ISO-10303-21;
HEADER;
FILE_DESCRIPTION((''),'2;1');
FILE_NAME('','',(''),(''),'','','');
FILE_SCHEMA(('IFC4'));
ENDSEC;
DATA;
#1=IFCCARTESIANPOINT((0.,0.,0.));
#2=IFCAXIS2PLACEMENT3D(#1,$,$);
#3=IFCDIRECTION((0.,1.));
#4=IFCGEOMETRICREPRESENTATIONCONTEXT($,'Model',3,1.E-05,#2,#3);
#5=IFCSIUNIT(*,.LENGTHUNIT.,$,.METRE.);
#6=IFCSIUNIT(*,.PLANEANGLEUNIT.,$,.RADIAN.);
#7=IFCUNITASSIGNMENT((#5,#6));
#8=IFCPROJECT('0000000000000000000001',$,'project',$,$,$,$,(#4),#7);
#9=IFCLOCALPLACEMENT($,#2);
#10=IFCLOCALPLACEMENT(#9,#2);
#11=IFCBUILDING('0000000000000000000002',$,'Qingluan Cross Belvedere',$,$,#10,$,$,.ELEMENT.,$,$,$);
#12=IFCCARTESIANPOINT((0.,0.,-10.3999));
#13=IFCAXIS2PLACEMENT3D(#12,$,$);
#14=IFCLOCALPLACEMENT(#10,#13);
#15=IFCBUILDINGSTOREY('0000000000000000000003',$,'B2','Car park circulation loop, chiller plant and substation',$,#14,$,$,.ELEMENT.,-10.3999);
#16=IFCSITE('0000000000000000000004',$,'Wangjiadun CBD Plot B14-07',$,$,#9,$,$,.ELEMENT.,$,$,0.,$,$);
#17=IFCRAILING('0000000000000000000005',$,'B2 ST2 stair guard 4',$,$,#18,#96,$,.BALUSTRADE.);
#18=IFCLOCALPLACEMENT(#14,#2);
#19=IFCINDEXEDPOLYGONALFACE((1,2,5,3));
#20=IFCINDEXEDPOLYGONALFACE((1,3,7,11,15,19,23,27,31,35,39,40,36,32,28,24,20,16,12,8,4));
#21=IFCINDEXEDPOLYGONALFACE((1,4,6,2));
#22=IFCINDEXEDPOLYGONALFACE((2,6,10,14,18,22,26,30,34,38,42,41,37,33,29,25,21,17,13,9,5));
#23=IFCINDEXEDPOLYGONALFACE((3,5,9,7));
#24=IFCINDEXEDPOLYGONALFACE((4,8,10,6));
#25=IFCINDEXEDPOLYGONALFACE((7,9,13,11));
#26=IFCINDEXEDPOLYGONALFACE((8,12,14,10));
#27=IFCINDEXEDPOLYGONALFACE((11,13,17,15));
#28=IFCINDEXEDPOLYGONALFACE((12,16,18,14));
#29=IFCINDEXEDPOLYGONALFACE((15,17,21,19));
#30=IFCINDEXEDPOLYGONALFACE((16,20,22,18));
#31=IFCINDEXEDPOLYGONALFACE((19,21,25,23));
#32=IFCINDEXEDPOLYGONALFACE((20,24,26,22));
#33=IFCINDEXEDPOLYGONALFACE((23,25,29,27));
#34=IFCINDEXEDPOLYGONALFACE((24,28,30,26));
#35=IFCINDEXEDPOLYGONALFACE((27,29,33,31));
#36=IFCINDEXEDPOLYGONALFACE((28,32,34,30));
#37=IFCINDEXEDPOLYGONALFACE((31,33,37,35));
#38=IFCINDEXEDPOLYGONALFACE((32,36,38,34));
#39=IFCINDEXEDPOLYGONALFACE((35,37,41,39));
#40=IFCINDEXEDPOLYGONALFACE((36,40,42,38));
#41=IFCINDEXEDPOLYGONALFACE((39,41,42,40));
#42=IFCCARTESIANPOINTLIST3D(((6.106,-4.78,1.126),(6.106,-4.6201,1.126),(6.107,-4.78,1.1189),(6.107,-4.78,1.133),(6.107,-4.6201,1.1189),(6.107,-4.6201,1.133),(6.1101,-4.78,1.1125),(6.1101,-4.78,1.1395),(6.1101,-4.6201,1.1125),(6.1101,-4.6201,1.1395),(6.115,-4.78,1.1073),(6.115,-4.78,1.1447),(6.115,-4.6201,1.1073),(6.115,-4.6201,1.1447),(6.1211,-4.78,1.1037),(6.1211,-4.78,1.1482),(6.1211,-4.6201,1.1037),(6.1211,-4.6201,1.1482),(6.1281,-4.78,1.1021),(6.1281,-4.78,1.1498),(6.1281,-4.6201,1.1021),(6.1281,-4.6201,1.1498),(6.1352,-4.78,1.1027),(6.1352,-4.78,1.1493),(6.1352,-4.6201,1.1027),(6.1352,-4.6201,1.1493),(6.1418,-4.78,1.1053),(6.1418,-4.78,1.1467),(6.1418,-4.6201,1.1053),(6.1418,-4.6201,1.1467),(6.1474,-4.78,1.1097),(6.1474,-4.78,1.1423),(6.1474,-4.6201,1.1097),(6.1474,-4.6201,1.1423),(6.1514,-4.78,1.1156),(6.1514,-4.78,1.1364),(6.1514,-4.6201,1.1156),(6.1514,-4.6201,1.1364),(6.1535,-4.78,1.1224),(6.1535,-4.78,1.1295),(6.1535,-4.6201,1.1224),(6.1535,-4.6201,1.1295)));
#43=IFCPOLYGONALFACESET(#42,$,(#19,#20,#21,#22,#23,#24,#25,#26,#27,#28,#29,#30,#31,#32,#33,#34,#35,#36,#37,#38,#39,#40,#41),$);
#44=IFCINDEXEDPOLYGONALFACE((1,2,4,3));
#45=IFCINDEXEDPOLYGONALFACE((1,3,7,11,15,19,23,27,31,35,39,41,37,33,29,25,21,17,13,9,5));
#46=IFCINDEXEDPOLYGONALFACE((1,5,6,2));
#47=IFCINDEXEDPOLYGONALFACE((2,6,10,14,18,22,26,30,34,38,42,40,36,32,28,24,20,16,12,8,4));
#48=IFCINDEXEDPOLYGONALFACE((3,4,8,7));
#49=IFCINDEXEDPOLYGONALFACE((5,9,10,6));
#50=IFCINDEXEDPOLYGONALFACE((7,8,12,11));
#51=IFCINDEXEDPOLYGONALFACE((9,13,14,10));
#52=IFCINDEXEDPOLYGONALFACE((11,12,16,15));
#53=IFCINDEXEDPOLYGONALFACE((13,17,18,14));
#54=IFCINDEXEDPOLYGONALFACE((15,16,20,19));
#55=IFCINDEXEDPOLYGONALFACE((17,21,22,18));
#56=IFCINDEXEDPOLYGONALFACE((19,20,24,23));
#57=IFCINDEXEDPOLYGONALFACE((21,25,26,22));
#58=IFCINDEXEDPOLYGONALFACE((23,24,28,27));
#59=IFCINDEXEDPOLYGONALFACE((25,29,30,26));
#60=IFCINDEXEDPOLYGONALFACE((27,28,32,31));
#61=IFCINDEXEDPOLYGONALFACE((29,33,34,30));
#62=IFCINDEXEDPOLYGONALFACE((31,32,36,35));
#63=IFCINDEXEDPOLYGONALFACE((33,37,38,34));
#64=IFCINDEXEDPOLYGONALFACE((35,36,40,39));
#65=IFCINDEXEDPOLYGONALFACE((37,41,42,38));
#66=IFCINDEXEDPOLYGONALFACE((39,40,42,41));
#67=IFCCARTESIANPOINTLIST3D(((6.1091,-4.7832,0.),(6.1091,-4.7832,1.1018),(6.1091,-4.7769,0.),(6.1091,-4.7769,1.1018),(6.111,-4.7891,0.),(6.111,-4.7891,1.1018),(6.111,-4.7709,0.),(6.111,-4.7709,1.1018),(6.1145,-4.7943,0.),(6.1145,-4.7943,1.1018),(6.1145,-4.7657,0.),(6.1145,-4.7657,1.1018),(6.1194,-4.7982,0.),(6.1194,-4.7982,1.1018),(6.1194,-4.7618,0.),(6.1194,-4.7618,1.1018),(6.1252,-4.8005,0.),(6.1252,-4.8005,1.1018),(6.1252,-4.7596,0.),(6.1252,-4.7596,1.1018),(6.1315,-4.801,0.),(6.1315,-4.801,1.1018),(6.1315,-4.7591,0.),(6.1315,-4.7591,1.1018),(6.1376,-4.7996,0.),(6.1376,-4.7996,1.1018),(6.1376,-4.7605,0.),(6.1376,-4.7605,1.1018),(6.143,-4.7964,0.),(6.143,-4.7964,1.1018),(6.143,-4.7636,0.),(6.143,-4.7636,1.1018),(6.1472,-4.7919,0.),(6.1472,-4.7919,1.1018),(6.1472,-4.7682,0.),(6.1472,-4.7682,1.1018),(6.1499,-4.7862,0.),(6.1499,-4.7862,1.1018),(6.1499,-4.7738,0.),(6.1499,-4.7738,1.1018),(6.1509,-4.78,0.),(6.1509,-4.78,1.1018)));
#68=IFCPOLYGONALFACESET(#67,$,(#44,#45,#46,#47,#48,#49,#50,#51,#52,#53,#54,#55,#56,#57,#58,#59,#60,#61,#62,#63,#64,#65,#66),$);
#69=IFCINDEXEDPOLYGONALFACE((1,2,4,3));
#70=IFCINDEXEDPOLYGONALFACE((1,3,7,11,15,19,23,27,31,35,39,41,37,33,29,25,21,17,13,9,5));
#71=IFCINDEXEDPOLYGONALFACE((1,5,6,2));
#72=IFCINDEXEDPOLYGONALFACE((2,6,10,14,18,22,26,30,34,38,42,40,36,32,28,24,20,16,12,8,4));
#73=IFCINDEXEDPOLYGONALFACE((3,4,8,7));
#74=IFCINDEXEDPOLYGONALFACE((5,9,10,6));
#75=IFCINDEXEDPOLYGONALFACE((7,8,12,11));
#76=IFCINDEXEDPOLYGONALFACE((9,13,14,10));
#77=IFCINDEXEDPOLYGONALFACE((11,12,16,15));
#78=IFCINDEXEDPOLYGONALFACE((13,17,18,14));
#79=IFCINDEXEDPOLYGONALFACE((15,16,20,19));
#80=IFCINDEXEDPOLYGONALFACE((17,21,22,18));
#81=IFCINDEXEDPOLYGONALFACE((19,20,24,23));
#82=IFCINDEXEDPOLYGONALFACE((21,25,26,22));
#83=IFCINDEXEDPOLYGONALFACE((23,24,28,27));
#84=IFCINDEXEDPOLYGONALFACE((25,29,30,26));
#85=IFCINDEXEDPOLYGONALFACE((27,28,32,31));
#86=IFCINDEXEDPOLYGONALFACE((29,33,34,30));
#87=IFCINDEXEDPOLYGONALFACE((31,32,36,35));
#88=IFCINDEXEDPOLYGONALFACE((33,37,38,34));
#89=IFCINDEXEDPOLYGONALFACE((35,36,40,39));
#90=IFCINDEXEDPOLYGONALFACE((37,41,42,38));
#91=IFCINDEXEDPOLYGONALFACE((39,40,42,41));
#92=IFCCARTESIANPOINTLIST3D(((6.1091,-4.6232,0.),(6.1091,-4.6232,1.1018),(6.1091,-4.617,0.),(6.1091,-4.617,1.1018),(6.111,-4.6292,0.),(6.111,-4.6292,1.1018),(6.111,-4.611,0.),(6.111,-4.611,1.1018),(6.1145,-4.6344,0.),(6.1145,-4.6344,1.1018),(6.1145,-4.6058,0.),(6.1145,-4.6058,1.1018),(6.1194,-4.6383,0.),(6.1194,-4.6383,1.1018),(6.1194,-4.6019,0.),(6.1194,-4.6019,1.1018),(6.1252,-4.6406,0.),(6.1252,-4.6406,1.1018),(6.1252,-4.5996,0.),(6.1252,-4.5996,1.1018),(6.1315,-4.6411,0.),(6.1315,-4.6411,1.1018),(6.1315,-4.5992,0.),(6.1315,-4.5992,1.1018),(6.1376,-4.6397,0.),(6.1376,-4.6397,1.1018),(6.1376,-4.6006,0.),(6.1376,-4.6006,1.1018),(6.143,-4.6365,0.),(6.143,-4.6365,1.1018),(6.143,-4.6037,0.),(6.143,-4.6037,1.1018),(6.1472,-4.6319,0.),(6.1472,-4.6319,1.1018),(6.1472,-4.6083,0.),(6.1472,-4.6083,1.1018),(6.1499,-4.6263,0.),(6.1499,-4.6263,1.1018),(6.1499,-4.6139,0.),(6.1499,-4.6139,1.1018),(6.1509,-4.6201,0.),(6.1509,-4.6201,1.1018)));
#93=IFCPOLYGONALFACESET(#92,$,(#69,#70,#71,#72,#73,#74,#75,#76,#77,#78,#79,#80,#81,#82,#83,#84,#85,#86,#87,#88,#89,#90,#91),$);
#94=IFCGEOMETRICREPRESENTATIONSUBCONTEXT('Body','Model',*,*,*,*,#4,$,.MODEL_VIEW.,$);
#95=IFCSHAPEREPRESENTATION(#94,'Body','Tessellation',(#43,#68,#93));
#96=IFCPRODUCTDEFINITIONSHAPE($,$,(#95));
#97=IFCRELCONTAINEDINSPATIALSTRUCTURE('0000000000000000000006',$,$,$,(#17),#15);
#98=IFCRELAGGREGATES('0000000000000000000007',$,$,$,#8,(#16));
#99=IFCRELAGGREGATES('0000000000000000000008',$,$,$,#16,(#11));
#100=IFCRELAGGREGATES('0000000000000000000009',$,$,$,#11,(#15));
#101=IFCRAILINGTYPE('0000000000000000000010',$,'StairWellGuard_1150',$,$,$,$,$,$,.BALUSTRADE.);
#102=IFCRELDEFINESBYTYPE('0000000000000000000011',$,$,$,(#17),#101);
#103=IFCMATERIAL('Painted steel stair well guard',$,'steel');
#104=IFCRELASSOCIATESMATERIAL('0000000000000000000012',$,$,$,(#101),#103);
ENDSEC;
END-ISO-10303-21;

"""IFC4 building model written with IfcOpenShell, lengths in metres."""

from ifc_helpers import new_model, si_unit, direction, frame, origin, origin_2d, place, context, subcontext, project, spatial, circle, extrude, material, type_object, element, save


model = new_model("IFC4")

# Units and contexts
model_context = context("Model", 3, precision=1e-05, world=origin(), true_north=direction((0.0, 1.0)))
body_context = subcontext(model_context, "Body", "Model", "MODEL_VIEW")
ifc_project = project(units=[si_unit("LENGTHUNIT", "METRE"), si_unit("PLANEANGLEUNIT", "RADIAN")], contexts=[model_context])

# Site, building, storey
site_placement = place(None, origin())
site = spatial("IfcSite", under=ifc_project, at=site_placement, Name="Wangjiadun CBD Plot B14-07", CompositionType="ELEMENT", RefElevation=0.0)
building_placement = place(site_placement, origin())
building = spatial("IfcBuilding", under=site, at=building_placement, Name="Qingluan Cross Belvedere", CompositionType="ELEMENT")
storey_placement = place(building_placement, frame((0.0, 0.0, -10.3999)))
storey = spatial("IfcBuildingStorey", under=building, at=storey_placement, Name="B2", Description="Car park circulation loop, chiller plant and substation", CompositionType="ELEMENT", Elevation=-10.3999)

# Railing
ifc_material_1 = material(Name="Painted steel stair well guard", Category="steel")
railing_type_1 = type_object("IfcRailingType", Name="StairWellGuard_1150", PredefinedType="BALUSTRADE", material=ifc_material_1)
railing_1_placement = place(storey_placement, frame((6.1299, -4.78, 0.0)))
element("IfcRailing", 1, at=railing_1_placement, inside=storey, type_object=railing_type_1, Name="B2 ST2 stair guard 4", PredefinedType="BALUSTRADE", context=body_context, shape_type="SweptSolid", body=[
    extrude(circle(Radius=0.0239, at=origin_2d()), frame((0.0, 0.0, 1.126), z_axis=(0.0, 1.0, 0.0), x_axis=(-1.0, 0.0, 0.0)), (0.0, 0.0, 1.0), 0.1599),
    extrude(circle(Radius=0.021, at=origin_2d()), origin(), (0.0, 0.0, 1.0), 1.1018),
    extrude(circle(Radius=0.021, at=origin_2d()), frame((0.0, 0.1599, 0.0)), (0.0, 0.0, 1.0), 1.1018),
])

save(model, "model.ifc")
